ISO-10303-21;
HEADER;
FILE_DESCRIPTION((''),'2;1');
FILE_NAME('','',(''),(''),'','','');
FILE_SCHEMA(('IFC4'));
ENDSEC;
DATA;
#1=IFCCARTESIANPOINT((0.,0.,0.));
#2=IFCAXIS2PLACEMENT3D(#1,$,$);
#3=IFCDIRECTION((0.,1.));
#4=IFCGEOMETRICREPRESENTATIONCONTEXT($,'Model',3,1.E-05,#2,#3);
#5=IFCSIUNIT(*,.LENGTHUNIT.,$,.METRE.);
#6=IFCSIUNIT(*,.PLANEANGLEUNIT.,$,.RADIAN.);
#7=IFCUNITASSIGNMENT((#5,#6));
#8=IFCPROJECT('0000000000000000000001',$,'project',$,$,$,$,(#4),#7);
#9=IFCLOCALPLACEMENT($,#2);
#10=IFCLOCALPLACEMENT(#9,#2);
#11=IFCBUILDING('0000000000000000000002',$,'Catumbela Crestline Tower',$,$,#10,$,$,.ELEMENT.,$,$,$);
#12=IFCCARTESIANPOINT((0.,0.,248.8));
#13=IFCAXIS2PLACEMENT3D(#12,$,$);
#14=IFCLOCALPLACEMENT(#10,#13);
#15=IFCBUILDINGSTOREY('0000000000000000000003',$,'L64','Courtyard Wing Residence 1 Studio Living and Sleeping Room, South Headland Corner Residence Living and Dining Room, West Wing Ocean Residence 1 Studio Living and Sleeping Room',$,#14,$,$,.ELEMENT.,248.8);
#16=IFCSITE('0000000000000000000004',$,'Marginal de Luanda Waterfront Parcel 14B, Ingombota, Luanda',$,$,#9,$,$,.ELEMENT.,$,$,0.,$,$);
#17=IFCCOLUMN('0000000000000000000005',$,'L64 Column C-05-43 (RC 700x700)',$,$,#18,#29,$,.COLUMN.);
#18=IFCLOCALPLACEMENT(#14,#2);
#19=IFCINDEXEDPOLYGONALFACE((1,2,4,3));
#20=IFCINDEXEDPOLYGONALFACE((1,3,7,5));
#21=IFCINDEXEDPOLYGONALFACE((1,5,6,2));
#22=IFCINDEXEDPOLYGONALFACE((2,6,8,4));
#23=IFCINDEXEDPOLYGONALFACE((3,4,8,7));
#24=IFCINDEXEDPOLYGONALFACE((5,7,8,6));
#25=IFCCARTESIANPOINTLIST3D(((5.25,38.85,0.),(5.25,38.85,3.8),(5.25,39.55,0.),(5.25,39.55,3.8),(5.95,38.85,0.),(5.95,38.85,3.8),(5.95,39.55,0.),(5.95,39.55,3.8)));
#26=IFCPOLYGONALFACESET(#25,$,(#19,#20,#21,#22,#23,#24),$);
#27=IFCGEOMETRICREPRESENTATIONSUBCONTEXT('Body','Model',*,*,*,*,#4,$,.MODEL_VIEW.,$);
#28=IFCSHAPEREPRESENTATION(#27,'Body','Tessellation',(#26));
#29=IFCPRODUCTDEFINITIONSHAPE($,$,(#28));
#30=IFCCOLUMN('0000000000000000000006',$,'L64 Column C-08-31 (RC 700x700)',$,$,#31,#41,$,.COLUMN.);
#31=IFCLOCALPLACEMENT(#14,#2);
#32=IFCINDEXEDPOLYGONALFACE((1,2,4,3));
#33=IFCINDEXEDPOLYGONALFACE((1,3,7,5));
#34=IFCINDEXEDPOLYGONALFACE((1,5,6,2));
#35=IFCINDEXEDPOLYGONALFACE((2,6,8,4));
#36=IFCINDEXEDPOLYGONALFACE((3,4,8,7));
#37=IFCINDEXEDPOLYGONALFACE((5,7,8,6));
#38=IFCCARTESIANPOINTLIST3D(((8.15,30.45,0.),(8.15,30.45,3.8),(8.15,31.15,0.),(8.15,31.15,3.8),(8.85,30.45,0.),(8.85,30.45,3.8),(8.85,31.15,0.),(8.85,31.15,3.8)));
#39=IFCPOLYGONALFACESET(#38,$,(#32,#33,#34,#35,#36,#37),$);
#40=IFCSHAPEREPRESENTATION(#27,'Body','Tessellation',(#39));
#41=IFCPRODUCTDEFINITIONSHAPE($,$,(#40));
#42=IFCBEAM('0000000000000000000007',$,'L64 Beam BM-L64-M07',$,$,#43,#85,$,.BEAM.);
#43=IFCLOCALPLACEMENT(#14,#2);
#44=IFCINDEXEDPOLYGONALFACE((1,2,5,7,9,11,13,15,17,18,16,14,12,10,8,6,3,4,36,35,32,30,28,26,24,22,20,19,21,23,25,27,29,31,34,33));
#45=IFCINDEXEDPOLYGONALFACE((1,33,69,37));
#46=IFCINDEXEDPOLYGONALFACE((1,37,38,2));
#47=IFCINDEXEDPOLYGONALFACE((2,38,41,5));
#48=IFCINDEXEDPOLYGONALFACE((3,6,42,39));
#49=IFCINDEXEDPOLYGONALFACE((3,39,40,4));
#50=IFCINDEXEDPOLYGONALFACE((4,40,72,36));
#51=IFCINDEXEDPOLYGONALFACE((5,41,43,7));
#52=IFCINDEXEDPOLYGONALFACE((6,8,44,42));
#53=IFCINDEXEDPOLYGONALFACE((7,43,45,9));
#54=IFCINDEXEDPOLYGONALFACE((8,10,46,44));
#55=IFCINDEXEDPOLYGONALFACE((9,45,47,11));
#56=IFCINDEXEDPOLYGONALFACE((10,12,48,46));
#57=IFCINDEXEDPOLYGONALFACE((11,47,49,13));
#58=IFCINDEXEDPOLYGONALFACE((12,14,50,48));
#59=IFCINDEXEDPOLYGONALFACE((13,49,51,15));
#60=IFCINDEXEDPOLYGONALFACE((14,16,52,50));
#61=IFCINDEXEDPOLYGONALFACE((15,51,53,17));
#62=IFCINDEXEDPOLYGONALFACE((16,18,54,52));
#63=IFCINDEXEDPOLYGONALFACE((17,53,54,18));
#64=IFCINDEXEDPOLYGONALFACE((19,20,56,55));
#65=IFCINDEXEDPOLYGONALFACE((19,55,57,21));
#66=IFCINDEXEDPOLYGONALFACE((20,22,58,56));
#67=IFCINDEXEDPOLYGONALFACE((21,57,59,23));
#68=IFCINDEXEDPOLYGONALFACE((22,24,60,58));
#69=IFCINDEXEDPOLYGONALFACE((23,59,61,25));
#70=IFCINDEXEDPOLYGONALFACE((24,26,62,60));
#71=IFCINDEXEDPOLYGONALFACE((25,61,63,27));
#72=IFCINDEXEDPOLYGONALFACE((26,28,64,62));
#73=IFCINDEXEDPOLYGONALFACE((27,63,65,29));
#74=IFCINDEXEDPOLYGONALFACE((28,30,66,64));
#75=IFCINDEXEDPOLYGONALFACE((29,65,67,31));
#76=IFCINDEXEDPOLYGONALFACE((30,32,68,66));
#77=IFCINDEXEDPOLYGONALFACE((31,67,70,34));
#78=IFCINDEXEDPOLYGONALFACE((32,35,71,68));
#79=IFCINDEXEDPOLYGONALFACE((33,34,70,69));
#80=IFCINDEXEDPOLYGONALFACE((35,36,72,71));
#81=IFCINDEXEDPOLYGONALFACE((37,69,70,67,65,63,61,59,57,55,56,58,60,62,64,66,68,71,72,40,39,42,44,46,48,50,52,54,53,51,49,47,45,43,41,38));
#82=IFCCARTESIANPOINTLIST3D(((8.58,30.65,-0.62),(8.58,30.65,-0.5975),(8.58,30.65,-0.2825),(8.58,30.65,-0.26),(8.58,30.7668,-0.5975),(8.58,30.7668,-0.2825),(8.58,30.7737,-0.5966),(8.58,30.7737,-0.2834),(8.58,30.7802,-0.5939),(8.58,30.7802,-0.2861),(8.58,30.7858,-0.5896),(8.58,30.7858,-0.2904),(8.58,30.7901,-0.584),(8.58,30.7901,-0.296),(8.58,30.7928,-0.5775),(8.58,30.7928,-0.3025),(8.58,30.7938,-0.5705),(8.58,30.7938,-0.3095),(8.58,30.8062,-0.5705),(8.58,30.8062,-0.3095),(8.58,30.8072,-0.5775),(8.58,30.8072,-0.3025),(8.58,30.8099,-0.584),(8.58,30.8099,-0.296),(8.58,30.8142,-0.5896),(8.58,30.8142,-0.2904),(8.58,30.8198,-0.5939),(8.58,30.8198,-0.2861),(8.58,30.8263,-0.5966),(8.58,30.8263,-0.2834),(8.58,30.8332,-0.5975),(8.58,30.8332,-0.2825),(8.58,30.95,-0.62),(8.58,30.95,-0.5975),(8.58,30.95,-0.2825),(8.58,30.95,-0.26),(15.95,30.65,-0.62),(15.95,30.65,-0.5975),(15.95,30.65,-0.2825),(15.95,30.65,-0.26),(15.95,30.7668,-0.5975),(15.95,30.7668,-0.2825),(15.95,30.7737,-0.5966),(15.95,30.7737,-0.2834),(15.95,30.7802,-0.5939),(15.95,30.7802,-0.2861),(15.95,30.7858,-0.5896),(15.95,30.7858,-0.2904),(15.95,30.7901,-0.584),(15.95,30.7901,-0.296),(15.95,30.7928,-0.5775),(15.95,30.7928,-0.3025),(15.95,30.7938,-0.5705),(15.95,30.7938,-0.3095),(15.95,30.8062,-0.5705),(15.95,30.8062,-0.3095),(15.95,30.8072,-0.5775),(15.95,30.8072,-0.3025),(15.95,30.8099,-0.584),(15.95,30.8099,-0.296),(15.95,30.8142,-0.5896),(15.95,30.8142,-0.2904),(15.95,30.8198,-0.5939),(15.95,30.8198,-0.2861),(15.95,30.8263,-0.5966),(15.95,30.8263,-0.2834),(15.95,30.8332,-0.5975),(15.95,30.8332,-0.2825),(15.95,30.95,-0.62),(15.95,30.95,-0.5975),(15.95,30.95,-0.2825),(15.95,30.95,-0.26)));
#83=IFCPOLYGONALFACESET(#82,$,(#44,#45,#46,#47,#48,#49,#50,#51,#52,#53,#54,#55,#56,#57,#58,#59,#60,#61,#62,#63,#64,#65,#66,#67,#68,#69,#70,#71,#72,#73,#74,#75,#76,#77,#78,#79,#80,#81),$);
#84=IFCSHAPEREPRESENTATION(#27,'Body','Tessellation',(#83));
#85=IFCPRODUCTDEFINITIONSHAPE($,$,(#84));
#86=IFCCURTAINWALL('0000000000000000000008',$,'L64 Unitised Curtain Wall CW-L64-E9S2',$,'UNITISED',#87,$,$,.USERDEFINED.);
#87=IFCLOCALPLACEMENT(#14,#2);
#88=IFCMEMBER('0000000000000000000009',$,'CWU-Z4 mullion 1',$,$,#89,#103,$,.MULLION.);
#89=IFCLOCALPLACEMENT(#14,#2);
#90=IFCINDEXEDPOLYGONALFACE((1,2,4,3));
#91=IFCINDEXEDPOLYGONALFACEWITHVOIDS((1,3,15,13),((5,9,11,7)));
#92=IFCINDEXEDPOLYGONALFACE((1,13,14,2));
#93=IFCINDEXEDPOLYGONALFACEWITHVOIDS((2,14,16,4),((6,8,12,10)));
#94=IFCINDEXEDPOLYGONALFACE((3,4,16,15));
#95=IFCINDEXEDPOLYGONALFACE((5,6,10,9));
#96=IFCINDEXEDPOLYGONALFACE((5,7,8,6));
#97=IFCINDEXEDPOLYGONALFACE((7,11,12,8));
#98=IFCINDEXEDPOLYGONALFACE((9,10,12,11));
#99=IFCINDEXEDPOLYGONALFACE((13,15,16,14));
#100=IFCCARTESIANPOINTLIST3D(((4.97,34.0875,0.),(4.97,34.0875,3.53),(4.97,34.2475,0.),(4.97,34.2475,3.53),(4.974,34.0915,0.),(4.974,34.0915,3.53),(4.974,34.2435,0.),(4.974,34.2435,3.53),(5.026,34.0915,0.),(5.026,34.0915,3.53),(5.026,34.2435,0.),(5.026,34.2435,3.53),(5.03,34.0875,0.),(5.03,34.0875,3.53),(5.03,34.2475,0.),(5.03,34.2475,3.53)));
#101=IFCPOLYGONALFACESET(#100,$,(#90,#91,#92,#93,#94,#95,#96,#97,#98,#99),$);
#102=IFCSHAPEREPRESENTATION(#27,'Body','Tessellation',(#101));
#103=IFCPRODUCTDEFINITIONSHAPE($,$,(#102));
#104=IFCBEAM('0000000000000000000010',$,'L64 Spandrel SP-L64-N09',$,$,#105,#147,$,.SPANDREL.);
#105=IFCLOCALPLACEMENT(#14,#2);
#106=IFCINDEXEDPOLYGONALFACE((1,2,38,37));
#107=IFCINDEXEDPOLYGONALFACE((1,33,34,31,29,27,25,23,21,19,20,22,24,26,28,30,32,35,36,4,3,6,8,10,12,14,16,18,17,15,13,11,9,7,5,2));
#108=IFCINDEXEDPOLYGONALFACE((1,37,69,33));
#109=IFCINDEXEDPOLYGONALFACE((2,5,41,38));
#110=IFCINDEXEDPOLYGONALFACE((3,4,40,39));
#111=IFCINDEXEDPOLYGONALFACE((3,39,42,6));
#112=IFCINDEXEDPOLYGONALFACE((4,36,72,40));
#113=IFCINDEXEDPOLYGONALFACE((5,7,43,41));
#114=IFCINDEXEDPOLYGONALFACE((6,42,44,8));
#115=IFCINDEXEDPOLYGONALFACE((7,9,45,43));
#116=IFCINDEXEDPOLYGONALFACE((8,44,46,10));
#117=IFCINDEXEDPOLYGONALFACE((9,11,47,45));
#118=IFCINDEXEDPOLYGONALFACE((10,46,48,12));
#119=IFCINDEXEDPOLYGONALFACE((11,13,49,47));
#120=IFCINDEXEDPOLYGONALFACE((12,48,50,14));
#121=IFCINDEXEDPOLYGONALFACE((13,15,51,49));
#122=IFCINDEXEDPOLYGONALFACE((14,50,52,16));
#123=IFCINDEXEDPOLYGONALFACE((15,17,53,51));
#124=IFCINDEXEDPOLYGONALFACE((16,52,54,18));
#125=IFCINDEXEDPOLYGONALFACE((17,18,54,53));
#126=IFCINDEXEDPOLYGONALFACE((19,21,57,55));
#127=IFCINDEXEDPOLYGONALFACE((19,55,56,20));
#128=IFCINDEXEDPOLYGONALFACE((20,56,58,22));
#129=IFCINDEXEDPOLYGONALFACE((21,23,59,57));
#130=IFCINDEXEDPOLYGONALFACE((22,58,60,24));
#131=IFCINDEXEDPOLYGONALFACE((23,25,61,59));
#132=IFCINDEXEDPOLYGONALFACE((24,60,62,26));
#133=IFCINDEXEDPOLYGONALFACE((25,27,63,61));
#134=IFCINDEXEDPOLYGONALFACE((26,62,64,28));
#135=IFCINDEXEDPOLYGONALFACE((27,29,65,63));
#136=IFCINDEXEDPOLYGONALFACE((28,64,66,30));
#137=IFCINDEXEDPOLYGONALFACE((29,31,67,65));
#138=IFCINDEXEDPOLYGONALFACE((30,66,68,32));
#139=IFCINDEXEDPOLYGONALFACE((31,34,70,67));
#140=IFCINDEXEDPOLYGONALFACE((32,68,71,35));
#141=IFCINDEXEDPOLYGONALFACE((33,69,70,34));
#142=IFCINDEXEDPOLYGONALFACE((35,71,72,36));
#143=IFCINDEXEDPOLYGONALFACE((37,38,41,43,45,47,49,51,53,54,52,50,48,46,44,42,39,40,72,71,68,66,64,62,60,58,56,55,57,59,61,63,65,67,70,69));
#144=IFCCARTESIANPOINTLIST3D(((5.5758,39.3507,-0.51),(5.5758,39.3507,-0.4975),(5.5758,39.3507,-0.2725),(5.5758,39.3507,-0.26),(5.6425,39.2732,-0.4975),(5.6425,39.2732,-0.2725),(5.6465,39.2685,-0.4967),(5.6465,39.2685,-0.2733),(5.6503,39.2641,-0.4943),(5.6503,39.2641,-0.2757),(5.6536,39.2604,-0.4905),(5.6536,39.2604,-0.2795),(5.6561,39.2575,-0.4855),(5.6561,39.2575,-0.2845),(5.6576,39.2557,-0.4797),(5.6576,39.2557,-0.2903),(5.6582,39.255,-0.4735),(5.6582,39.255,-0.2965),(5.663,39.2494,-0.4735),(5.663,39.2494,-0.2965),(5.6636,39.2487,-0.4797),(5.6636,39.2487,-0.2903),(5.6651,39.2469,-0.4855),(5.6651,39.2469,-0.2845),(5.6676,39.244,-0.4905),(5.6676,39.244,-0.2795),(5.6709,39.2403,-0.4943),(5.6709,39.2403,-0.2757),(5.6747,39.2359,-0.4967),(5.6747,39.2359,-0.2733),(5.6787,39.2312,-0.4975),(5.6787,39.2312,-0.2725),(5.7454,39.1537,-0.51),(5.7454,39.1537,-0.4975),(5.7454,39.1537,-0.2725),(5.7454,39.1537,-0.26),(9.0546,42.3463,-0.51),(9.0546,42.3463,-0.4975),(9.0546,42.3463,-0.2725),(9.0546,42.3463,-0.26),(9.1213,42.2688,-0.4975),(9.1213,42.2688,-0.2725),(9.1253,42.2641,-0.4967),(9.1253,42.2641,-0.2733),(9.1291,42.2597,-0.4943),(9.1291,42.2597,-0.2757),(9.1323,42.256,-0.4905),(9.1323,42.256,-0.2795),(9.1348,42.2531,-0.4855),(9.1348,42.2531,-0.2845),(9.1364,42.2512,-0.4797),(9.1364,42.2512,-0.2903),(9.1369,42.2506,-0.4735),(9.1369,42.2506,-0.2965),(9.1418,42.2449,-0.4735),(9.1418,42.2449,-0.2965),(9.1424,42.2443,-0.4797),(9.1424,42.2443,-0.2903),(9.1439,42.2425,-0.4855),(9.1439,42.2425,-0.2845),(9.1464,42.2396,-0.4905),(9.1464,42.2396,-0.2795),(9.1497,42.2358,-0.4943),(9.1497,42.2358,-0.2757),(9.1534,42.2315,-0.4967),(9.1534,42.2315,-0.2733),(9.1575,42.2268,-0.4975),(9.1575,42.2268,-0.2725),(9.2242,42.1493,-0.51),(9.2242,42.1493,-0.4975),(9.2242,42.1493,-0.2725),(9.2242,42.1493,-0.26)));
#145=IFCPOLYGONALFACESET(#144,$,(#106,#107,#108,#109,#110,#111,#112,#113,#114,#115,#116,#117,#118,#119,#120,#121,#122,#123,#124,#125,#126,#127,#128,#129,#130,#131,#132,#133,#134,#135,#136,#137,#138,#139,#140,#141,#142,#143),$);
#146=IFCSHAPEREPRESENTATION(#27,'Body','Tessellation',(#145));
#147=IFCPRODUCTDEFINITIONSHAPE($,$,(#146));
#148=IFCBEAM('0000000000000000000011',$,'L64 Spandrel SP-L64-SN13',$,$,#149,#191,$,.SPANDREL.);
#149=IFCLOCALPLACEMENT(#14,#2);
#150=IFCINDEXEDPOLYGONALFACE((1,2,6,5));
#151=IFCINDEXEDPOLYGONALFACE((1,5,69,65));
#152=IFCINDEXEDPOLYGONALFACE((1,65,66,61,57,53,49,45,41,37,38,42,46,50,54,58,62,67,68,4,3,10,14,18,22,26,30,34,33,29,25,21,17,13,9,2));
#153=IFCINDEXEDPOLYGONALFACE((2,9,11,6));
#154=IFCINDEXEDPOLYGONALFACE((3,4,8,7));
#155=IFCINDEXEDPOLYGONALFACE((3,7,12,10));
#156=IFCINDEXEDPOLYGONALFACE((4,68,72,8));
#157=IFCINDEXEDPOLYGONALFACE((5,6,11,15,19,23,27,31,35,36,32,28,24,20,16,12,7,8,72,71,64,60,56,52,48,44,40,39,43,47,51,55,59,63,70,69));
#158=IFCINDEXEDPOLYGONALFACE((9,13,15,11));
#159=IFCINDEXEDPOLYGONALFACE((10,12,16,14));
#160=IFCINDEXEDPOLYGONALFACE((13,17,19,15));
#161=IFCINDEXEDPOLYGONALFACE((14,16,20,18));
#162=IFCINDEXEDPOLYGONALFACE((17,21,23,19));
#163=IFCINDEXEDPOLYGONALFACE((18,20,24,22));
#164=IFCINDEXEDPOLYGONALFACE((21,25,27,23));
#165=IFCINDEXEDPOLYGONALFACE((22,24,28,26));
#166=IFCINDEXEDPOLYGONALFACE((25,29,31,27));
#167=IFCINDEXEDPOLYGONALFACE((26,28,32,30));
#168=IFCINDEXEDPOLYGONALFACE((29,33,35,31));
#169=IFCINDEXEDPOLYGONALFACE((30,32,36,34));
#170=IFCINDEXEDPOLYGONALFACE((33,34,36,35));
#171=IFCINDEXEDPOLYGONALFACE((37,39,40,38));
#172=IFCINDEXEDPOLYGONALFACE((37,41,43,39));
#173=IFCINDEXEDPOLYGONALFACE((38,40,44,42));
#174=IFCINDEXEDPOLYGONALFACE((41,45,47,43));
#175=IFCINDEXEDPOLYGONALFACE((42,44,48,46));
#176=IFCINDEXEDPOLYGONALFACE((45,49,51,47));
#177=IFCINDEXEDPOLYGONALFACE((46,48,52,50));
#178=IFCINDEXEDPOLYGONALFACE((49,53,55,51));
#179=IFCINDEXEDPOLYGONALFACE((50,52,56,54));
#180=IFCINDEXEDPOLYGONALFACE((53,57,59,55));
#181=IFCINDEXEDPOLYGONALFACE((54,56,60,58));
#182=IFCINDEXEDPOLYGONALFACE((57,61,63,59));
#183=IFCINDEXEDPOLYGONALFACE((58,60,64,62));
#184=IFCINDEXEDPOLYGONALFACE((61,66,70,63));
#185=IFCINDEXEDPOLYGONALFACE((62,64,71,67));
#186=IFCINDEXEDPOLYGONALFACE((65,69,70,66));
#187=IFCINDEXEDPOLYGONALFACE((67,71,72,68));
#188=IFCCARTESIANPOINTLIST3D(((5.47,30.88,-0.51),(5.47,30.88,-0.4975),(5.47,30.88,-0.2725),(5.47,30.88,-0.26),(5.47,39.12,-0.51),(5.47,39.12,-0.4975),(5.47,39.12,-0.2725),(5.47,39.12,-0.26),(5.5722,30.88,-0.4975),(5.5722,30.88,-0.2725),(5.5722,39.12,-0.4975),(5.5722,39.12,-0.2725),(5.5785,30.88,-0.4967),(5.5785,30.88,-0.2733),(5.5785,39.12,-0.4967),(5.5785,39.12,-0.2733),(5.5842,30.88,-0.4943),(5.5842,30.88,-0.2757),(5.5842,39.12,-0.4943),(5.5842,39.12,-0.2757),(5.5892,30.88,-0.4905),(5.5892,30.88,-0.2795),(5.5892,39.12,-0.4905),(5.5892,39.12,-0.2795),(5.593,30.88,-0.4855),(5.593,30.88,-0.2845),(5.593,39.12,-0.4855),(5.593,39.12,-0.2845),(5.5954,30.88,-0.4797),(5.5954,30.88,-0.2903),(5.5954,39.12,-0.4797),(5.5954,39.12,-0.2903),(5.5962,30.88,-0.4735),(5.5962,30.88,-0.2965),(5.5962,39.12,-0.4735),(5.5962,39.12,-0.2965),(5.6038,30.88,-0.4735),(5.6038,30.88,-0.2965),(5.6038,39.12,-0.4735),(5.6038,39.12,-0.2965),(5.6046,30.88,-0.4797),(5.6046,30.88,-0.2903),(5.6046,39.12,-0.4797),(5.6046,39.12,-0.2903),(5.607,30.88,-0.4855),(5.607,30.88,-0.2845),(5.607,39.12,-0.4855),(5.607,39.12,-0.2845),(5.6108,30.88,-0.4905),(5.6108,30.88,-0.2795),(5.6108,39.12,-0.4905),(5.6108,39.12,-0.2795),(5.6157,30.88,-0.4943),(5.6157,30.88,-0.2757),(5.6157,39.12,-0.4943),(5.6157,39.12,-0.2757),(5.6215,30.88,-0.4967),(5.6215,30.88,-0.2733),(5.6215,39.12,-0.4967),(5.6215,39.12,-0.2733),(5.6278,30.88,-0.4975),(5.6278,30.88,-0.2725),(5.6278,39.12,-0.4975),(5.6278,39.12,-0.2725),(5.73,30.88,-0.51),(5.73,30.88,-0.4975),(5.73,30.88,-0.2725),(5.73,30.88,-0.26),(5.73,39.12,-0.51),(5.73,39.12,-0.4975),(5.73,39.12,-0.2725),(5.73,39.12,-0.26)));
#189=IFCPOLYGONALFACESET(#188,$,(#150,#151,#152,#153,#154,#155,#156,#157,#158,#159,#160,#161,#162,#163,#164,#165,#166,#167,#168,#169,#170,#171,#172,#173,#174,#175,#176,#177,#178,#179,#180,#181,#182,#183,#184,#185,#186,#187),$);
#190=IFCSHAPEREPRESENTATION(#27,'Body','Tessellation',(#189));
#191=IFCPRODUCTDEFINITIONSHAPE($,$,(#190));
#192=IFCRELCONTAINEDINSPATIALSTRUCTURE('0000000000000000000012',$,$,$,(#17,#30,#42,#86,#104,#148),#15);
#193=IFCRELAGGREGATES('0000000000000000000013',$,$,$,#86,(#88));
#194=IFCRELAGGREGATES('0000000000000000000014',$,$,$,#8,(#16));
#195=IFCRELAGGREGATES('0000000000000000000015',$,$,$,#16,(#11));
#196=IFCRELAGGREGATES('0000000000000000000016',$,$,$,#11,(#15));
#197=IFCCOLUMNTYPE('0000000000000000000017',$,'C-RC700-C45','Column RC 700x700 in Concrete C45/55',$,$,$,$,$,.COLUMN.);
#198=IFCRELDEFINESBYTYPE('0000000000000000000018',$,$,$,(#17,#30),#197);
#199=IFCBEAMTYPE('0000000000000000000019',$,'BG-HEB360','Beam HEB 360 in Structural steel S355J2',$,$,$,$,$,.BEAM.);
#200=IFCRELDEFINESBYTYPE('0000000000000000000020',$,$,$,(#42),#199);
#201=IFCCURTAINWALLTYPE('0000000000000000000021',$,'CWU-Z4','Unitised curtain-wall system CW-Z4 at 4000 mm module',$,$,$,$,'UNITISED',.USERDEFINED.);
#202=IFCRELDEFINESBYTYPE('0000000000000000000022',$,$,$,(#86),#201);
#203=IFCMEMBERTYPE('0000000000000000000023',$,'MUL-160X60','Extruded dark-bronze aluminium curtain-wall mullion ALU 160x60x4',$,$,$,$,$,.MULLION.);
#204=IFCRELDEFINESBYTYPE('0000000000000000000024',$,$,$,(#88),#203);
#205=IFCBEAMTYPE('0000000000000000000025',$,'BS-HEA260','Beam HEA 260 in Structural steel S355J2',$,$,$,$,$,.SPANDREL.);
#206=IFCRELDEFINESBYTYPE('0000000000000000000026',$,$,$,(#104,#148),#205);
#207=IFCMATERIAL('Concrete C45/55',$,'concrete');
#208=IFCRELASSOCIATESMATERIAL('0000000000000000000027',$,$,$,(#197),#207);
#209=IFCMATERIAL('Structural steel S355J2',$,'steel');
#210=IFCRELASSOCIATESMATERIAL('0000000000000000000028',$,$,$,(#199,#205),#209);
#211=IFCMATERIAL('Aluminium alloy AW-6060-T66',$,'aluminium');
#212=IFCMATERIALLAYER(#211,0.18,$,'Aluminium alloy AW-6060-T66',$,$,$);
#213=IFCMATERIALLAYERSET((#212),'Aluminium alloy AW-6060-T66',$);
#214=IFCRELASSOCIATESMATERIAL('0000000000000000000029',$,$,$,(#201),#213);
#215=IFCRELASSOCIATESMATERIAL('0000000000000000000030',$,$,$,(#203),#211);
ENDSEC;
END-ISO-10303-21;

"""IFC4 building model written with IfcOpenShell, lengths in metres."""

from ifc_helpers import new_model, si_unit, direction, frame, origin, origin_2d, place, context, subcontext, project, spatial, rectangle, hollow_rectangle, i_section, extrude, material, layer, layer_set, material_profile, profile_set, type_object, element, aggregate, save


model = new_model("IFC4")

# Units and contexts
model_context = context("Model", 3, precision=1e-05, world=origin(), true_north=direction((0.0, 1.0)))
body_context = subcontext(model_context, "Body", "Model", "MODEL_VIEW")
ifc_project = project(units=[si_unit("LENGTHUNIT", "METRE"), si_unit("PLANEANGLEUNIT", "RADIAN")], contexts=[model_context])

# Site, building, storey
site_placement = place(None, origin())
site = spatial("IfcSite", under=ifc_project, at=site_placement, Name="Marginal de Luanda Waterfront Parcel 14B, Ingombota, Luanda", CompositionType="ELEMENT", RefElevation=0.0)
building_placement = place(site_placement, origin())
building = spatial("IfcBuilding", under=site, at=building_placement, Name="Catumbela Crestline Tower", CompositionType="ELEMENT")
storey_placement = place(building_placement, frame((0.0, 0.0, 248.8)))
storey = spatial("IfcBuildingStorey", under=building, at=storey_placement, Name="L64", Description="Courtyard Wing Residence 1 Studio Living and Sleeping Room, South Headland Corner Residence Living and Dining Room, West Wing Ocean Residence 1 Studio Living and Sleeping Room", CompositionType="ELEMENT", Elevation=248.8)

# Columns
ifc_material_1 = material(Name="Concrete C45/55", Category="concrete")
ifc_material_profile_1 = material_profile(ifc_material_1, rectangle(XDim=0.7, YDim=0.7, at=origin_2d()), Name="RC 700x700")
ifc_profile_set_1 = profile_set([ifc_material_profile_1], Name="Concrete C45/55")
column_type = type_object("IfcColumnType", Name="C-RC700-C45", Description="Column RC 700x700 in Concrete C45/55", PredefinedType="COLUMN", material=ifc_profile_set_1)
for number, where, z_axis, x_axis, name in (
    (1, (5.6, 39.2, 0.0), (0.0, 0.0, 1.0), (1.0, 0.0, 0.0), "L64 Column C-05-43 (RC 700x700)"),
    (2, (8.5, 30.8, 0.0), (0.0, 0.0, 1.0), (1.0, 0.0, 0.0), "L64 Column C-08-31 (RC 700x700)"),
):
    element("IfcColumn", number, at=place(storey_placement, frame(where, z_axis=z_axis, x_axis=x_axis)), inside=storey, type_object=column_type, Name=name, PredefinedType="COLUMN", context=body_context, shape_type="SweptSolid", body=[
        extrude(rectangle(XDim=0.7, YDim=0.7, at=origin_2d()), origin(), (0.0, 0.0, 1.0), 3.8),
    ])

# Beam
ifc_material_2 = material(Name="Structural steel S355J2", Category="steel")
ifc_material_profile_2 = material_profile(ifc_material_2, i_section(OverallWidth=0.3, OverallDepth=0.36, WebThickness=0.0125, FlangeThickness=0.0225, FilletRadius=0.027, at=origin_2d()), Name="HEB 360")
ifc_profile_set_2 = profile_set([ifc_material_profile_2], Name="Structural steel S355J2")
beam_type_1 = type_object("IfcBeamType", Name="BG-HEB360", Description="Beam HEB 360 in Structural steel S355J2", PredefinedType="BEAM", material=ifc_profile_set_2)
beam_1_placement = place(storey_placement, frame((8.58, 30.8, -0.44), z_axis=(1.0, 0.0, 0.0), x_axis=(0.0, 1.0, 0.0)))
element("IfcBeam", 3, at=beam_1_placement, inside=storey, type_object=beam_type_1, Name="L64 Beam BM-L64-M07", PredefinedType="BEAM", context=body_context, shape_type="SweptSolid", body=[
    extrude(i_section(OverallWidth=0.3, OverallDepth=0.36, WebThickness=0.0125, FlangeThickness=0.0225, FilletRadius=0.027, at=origin_2d()), origin(), (0.0, 0.0, 1.0), 7.37),
])

# Curtain wall, member
ifc_material_3 = material(Name="Aluminium alloy AW-6060-T66", Category="aluminium")
ifc_layer_1 = layer(ifc_material_3, 0.18, Name="Aluminium alloy AW-6060-T66")
ifc_layer_set_1 = layer_set([ifc_layer_1], Name="Aluminium alloy AW-6060-T66")
curtain_wall_type = type_object("IfcCurtainWallType", Name="CWU-Z4", Description="Unitised curtain-wall system CW-Z4 at 4000 mm module", ElementType="UNITISED", PredefinedType="USERDEFINED", material=ifc_layer_set_1)
curtain_wall_placement = place(storey_placement, origin())
curtain_wall = element("IfcCurtainWall", 4, at=curtain_wall_placement, inside=storey, type_object=curtain_wall_type, Name="L64 Unitised Curtain Wall CW-L64-E9S2", ObjectType="UNITISED", PredefinedType="USERDEFINED")
ifc_material_profile_3 = material_profile(ifc_material_3, hollow_rectangle(XDim=0.06, YDim=0.16, WallThickness=0.004, at=origin_2d()), Name="ALU 160x60x4")
ifc_profile_set_3 = profile_set([ifc_material_profile_3], Name="Aluminium alloy AW-6060-T66")
member_type_1 = type_object("IfcMemberType", Name="MUL-160X60", Description="Extruded dark-bronze aluminium curtain-wall mullion ALU 160x60x4", PredefinedType="MULLION", material=ifc_profile_set_3)
member_1_placement = place(storey_placement, frame((5.0, 34.1675, 0.0), z_axis=(0.0, 0.0, 1.0), x_axis=(1.0, 0.0, 0.0)))
member_1 = element("IfcMember", 5, at=member_1_placement, type_object=member_type_1, Name="CWU-Z4 mullion 1", PredefinedType="MULLION", context=body_context, shape_type="SweptSolid", body=[
    extrude(hollow_rectangle(XDim=0.06, YDim=0.16, WallThickness=0.004, at=origin_2d()), origin(), (0.0, 0.0, 1.0), 3.53),
])

# Beams
ifc_material_profile_4 = material_profile(ifc_material_2, i_section(OverallWidth=0.26, OverallDepth=0.25, WebThickness=0.0075, FlangeThickness=0.0125, FilletRadius=0.024, at=origin_2d()), Name="HEA 260")
ifc_profile_set_4 = profile_set([ifc_material_profile_4], Name="Structural steel S355J2")
beam_type_2 = type_object("IfcBeamType", Name="BS-HEA260", Description="Beam HEA 260 in Structural steel S355J2", PredefinedType="SPANDREL", material=ifc_profile_set_4)
beam_2_placement = place(storey_placement, frame((5.6606, 39.2522, -0.385), z_axis=(0.757772, 0.652519, 0.0), x_axis=(-0.652519, 0.757772, 0.0)))
element("IfcBeam", 6, at=beam_2_placement, inside=storey, type_object=beam_type_2, Name="L64 Spandrel SP-L64-N09", PredefinedType="SPANDREL", context=body_context, shape_type="SweptSolid", body=[
    extrude(i_section(OverallWidth=0.26, OverallDepth=0.25, WebThickness=0.0075, FlangeThickness=0.0125, FilletRadius=0.024, at=origin_2d()), origin(), (0.0, 0.0, 1.0), 4.5908),
])
beam_3_placement = place(storey_placement, frame((5.6, 30.88, -0.385), z_axis=(0.0, 1.0, 0.0), x_axis=(-1.0, 0.0, 0.0)))
element("IfcBeam", 7, at=beam_3_placement, inside=storey, type_object=beam_type_2, Name="L64 Spandrel SP-L64-SN13", PredefinedType="SPANDREL", context=body_context, shape_type="SweptSolid", body=[
    extrude(i_section(OverallWidth=0.26, OverallDepth=0.25, WebThickness=0.0075, FlangeThickness=0.0125, FilletRadius=0.024, at=origin_2d()), origin(), (0.0, 0.0, 1.0), 8.24),
])

aggregate(curtain_wall, [member_1])

save(model, "model.ifc")
